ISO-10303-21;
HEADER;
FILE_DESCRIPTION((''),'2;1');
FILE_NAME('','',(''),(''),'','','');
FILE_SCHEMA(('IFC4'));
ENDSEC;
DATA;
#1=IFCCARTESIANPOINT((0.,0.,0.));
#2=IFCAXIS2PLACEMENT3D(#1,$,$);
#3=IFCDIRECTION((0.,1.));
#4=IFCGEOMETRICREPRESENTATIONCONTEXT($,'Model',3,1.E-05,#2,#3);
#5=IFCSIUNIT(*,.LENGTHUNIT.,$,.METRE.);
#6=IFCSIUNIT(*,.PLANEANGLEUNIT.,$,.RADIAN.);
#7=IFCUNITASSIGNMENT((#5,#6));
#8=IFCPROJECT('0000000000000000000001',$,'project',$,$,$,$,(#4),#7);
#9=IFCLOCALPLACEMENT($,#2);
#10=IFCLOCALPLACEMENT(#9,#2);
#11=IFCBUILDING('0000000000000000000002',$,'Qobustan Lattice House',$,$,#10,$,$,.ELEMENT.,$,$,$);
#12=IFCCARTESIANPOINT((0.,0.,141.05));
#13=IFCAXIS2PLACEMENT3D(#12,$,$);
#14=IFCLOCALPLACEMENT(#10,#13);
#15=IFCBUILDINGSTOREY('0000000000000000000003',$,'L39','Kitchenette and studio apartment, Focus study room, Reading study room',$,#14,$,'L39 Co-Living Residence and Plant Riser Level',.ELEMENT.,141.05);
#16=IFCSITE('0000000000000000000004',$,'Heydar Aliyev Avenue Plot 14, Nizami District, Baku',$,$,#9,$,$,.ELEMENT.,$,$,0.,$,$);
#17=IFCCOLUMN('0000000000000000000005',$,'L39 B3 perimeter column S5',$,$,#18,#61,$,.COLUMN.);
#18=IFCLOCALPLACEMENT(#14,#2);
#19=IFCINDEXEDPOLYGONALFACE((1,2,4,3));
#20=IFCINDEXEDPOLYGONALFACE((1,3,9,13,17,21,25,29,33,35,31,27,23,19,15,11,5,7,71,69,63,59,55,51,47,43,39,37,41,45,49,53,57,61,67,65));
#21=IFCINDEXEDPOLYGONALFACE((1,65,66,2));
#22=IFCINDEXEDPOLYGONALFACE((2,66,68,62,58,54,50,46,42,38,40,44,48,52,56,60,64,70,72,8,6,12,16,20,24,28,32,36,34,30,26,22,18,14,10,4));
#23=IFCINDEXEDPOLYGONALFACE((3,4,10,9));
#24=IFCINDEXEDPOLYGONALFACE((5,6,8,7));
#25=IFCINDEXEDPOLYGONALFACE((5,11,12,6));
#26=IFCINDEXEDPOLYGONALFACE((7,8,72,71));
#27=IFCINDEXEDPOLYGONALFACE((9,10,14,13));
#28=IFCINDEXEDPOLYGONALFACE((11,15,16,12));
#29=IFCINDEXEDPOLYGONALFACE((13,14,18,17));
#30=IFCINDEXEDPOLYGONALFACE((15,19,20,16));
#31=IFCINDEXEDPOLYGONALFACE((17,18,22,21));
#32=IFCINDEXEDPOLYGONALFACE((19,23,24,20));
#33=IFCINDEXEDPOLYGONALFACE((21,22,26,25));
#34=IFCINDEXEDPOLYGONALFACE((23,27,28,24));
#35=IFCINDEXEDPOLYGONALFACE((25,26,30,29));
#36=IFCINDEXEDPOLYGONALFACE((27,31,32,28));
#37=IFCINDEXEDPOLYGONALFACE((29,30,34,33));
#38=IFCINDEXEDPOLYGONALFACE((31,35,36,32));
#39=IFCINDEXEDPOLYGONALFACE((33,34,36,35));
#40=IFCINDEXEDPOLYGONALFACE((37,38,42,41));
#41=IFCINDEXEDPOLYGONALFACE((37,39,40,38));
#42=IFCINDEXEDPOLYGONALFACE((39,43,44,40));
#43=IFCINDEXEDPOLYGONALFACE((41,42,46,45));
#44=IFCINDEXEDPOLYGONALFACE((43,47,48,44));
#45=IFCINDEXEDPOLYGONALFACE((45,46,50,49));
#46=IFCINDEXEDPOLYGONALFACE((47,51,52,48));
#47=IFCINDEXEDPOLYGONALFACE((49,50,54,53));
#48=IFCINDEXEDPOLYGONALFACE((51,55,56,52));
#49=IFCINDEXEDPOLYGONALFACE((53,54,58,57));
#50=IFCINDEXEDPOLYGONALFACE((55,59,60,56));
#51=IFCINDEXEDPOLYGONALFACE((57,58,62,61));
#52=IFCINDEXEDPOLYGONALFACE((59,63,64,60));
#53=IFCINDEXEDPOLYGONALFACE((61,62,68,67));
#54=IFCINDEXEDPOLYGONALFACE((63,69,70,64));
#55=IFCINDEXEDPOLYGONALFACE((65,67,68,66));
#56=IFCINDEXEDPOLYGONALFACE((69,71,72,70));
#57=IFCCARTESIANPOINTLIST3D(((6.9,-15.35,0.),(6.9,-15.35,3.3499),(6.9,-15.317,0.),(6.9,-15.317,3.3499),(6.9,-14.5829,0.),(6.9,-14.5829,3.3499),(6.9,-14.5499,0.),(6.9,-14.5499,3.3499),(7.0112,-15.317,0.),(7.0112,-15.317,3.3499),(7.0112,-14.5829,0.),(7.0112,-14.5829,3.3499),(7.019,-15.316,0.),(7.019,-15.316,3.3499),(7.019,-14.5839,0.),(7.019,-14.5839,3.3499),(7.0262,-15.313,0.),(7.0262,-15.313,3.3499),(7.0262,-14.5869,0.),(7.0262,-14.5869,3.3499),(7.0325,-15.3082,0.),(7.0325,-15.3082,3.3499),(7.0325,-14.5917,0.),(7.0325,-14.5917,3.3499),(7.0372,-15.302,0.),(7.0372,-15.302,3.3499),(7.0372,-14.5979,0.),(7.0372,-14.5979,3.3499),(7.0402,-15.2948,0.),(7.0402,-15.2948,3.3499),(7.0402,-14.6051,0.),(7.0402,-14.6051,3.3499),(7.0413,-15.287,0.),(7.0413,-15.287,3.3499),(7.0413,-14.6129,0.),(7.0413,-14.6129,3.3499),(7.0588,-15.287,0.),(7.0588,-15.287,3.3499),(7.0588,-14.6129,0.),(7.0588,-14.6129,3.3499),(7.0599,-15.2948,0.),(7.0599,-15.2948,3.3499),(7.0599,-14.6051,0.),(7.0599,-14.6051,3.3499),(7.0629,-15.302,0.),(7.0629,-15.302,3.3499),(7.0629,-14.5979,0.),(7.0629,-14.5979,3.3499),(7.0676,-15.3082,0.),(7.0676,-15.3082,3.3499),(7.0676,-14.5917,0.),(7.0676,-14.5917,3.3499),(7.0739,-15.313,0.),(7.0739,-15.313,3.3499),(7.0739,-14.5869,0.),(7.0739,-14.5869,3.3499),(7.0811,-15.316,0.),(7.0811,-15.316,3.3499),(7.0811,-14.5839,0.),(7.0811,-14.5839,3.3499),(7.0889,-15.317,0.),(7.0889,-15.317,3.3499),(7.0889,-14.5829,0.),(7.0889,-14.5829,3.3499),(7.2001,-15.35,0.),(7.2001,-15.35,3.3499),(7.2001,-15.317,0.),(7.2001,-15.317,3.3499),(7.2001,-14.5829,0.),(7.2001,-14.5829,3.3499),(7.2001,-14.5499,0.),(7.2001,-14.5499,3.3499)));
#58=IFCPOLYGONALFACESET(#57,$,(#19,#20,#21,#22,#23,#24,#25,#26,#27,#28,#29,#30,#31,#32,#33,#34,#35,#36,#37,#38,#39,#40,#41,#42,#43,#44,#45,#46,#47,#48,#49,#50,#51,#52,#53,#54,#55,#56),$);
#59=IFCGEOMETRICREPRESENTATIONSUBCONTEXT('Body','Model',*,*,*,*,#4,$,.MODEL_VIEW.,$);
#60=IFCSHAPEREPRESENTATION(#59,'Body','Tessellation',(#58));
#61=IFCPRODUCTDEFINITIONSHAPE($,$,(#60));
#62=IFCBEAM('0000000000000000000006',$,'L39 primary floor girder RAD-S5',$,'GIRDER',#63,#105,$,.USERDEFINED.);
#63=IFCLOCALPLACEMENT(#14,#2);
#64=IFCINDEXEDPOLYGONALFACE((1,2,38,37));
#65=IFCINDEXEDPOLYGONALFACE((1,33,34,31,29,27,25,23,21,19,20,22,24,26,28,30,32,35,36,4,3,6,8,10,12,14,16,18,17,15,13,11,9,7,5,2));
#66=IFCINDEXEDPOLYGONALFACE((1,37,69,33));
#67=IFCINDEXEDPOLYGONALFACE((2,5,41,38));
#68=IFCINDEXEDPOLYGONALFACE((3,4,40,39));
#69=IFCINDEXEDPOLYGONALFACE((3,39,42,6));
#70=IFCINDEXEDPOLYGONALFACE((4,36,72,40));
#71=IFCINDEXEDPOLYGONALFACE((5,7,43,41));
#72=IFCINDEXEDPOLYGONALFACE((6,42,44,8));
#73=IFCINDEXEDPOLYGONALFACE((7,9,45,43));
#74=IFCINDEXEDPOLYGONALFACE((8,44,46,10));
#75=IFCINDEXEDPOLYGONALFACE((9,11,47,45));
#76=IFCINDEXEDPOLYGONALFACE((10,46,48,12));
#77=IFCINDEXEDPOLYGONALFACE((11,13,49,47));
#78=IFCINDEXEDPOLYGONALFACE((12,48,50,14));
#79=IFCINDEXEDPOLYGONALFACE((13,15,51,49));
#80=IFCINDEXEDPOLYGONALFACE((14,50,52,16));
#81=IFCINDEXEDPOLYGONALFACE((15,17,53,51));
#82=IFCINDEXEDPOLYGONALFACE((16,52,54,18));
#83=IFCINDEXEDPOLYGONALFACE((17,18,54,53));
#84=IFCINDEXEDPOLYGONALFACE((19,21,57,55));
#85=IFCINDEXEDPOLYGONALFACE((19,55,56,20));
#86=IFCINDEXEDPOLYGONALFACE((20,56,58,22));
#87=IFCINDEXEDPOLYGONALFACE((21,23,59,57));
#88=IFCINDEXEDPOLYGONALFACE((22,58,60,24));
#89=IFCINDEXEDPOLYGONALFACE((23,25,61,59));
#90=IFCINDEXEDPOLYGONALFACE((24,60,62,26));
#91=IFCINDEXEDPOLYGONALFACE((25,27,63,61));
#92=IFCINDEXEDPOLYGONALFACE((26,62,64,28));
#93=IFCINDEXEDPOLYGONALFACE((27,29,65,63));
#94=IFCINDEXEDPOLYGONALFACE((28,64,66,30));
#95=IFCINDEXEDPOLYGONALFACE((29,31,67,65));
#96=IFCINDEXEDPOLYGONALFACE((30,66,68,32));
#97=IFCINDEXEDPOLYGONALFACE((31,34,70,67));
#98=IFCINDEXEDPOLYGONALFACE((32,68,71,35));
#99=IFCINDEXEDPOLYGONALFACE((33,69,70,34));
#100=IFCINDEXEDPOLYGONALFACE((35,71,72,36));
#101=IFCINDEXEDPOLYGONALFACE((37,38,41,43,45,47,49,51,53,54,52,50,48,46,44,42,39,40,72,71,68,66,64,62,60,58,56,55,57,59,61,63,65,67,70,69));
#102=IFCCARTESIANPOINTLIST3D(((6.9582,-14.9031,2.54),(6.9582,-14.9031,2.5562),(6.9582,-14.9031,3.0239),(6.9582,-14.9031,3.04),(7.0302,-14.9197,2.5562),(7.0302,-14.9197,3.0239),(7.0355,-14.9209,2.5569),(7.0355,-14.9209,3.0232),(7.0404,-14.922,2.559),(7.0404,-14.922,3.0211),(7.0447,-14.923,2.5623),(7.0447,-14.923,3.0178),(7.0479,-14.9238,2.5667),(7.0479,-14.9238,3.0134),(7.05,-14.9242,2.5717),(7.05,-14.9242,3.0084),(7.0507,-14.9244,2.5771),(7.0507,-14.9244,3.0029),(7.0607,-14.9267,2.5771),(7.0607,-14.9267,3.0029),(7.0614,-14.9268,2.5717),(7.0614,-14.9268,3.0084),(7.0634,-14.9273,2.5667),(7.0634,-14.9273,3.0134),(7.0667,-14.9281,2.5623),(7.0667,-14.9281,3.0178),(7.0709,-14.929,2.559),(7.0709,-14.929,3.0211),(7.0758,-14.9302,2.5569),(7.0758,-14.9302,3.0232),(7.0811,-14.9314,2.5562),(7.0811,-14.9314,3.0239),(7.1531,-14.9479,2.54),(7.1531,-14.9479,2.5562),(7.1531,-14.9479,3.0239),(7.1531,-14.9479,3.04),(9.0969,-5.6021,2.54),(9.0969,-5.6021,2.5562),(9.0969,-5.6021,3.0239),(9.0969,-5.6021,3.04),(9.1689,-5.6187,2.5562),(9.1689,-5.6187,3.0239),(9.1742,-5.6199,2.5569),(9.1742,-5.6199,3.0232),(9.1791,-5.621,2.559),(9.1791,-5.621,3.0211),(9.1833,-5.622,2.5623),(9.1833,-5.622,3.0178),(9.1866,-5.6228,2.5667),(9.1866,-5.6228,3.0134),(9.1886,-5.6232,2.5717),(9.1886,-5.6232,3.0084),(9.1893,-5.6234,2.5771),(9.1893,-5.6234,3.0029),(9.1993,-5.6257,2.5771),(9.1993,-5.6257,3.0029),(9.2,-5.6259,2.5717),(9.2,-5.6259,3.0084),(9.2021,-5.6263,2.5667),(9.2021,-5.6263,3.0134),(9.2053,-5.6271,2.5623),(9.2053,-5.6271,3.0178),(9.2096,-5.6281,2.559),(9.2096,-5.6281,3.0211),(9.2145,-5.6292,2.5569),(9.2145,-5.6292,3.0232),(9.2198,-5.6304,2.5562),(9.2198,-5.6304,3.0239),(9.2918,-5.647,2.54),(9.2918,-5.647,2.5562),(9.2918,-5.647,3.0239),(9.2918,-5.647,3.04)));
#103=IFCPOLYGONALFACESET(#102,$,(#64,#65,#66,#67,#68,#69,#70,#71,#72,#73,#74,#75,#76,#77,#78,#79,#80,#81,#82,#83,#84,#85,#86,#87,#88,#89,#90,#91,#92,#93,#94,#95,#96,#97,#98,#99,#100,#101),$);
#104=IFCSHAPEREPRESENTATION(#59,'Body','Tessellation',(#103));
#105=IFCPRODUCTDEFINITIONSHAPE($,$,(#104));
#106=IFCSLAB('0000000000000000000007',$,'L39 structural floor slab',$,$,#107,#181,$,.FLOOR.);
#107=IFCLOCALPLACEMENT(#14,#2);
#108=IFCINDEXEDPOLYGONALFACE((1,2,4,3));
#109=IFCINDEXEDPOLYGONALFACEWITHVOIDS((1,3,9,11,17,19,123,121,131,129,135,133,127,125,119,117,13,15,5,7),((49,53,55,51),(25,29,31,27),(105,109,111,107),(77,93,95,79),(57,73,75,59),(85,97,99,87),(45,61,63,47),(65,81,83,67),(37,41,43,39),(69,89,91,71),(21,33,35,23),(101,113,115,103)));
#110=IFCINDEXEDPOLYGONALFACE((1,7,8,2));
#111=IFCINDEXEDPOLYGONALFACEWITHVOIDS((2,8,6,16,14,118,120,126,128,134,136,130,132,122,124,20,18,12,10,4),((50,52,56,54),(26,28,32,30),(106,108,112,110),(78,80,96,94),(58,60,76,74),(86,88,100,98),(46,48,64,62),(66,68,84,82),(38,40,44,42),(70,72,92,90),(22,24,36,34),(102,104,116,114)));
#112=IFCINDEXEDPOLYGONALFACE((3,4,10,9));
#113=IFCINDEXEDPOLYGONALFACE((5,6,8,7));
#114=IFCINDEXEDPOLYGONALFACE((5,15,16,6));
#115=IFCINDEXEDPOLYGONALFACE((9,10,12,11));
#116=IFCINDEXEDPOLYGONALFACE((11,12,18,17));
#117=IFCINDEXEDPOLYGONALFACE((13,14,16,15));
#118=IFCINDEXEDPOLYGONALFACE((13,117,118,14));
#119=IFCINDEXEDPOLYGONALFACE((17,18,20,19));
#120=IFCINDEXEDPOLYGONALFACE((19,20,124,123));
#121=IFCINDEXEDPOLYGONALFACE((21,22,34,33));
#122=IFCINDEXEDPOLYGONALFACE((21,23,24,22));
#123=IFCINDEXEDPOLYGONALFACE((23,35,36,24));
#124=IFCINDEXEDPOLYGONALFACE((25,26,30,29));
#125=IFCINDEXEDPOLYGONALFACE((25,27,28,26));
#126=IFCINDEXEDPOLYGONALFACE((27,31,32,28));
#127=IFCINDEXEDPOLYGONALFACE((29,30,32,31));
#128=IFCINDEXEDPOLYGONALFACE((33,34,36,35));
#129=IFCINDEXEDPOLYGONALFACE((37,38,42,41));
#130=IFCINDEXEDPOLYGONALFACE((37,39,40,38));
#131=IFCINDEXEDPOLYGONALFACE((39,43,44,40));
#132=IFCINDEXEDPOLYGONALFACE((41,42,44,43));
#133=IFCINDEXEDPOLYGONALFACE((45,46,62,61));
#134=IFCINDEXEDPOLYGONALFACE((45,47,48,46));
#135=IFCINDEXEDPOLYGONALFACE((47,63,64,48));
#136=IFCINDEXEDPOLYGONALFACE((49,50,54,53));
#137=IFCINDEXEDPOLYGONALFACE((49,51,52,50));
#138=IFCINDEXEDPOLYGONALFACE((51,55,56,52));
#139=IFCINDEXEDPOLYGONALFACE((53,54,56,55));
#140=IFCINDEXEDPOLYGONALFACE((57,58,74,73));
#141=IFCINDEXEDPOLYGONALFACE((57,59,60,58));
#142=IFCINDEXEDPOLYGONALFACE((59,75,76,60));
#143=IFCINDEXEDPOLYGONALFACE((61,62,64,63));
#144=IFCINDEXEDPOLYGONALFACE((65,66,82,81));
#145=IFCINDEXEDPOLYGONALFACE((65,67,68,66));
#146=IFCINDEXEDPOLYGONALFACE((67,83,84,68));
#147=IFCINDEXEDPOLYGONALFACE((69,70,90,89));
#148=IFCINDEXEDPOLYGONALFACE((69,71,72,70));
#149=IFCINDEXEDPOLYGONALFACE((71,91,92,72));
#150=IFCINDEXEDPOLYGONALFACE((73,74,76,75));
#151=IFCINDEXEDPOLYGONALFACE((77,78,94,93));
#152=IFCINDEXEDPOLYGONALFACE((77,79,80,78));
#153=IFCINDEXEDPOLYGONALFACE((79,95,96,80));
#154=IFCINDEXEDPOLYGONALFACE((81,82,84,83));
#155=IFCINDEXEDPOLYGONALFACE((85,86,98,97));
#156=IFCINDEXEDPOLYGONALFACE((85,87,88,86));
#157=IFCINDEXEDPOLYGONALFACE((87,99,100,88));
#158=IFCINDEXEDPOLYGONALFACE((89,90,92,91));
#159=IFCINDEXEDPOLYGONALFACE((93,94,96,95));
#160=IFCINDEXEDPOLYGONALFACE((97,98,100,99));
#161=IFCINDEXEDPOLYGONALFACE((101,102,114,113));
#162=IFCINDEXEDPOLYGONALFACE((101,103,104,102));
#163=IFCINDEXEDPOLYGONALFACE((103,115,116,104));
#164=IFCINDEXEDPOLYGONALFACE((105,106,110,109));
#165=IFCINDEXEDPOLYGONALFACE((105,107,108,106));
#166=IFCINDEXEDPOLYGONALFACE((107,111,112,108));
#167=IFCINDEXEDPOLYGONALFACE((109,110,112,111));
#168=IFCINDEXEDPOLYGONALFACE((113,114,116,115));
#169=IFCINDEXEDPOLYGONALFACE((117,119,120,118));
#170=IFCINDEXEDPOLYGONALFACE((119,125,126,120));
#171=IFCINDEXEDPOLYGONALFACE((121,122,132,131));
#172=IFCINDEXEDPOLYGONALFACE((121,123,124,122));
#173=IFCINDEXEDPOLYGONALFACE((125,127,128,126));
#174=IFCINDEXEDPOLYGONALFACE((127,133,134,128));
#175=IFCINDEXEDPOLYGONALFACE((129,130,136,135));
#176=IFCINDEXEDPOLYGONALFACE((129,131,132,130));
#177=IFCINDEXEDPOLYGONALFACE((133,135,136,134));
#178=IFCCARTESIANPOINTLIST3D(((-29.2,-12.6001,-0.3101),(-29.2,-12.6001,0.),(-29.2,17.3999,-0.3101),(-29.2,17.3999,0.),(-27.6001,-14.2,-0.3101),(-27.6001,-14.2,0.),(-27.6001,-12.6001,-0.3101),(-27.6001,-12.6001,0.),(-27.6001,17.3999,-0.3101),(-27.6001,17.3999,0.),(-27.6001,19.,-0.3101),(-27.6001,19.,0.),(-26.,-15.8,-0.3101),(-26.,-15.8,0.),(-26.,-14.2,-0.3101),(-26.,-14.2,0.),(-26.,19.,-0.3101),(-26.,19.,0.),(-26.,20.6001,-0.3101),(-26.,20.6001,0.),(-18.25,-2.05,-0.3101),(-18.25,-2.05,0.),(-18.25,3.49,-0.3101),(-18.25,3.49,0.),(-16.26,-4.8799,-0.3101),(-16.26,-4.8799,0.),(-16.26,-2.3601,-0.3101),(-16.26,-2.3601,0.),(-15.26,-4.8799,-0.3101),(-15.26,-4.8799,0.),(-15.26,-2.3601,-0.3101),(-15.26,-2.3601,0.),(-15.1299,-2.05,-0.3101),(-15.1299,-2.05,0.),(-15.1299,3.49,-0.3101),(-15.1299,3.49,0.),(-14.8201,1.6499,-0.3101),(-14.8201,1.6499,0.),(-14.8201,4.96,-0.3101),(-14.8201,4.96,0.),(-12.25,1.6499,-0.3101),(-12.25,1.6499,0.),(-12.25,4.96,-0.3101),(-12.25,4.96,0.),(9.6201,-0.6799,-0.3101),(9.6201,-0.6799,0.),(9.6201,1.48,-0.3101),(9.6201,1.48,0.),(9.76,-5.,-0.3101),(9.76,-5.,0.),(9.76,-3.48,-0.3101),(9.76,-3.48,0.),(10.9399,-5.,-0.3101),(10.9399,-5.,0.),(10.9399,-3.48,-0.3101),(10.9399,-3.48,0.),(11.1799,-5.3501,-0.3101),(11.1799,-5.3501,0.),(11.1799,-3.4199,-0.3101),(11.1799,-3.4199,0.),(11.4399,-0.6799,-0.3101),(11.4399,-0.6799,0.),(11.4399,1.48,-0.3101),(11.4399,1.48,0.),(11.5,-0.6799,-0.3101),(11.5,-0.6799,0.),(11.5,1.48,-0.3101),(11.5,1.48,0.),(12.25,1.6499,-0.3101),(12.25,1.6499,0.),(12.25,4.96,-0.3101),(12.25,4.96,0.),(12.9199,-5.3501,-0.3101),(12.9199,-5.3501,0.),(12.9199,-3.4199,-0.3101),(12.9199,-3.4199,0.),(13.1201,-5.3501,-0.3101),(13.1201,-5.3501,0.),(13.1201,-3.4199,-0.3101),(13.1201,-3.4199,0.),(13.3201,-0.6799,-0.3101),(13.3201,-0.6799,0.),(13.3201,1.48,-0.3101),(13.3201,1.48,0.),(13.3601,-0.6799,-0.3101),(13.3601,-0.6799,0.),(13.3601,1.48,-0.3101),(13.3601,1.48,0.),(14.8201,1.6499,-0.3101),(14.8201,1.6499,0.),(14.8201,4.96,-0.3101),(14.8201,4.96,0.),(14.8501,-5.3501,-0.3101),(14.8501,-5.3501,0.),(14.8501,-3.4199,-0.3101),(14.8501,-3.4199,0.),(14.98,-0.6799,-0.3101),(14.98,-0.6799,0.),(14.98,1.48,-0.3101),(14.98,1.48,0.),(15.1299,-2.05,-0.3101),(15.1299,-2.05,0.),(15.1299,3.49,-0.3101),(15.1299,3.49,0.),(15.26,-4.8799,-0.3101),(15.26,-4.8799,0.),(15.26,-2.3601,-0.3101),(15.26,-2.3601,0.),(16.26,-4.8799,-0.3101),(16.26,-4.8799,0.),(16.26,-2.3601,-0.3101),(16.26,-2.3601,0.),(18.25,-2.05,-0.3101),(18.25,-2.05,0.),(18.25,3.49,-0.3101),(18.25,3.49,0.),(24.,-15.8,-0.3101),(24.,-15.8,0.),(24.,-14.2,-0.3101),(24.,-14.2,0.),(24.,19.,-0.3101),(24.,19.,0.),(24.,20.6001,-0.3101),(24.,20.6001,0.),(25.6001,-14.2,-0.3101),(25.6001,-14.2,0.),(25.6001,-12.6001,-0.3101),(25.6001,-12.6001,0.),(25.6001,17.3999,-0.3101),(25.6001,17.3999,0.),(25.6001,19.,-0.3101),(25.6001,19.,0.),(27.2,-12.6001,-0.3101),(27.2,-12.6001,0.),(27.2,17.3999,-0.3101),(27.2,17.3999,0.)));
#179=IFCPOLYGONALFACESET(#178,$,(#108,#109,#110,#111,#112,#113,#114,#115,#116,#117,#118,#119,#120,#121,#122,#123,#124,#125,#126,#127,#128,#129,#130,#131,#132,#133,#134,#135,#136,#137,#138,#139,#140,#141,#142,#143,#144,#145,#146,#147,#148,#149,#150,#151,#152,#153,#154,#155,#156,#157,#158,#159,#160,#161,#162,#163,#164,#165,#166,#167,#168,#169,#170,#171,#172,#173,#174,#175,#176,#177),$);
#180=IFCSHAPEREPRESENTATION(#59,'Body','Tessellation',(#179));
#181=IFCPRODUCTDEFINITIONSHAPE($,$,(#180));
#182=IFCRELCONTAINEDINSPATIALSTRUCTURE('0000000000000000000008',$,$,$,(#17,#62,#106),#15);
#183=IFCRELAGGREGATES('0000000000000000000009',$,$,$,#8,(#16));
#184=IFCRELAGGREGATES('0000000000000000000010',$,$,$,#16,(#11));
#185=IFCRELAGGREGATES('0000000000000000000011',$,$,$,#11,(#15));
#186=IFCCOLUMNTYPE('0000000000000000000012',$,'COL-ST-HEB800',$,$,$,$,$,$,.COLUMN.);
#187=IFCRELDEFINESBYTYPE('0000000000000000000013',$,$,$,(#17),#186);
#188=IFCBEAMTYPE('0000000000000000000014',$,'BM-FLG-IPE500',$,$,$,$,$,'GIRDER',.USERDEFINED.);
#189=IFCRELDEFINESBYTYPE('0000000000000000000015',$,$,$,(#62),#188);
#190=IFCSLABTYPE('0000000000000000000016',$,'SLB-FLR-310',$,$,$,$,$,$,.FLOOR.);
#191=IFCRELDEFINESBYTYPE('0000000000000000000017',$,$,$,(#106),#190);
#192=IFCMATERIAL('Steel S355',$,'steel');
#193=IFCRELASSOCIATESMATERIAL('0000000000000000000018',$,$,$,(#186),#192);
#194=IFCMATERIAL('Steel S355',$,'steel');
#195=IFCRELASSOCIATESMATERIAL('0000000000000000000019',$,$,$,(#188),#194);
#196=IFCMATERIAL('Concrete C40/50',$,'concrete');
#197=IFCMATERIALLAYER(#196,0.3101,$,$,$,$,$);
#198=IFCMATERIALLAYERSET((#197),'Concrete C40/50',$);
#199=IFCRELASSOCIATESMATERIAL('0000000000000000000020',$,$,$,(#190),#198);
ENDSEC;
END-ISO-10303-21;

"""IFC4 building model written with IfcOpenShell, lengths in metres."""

from ifc_helpers import new_model, si_unit, direction, frame, origin, origin_2d, place, context, subcontext, project, spatial, polyline, i_section, outline, extrude, material, layer, layer_set, material_profile, profile_set, type_object, element, save


model = new_model("IFC4")

# Units and contexts
model_context = context("Model", 3, precision=1e-05, world=origin(), true_north=direction((0.0, 1.0)))
body_context = subcontext(model_context, "Body", "Model", "MODEL_VIEW")
ifc_project = project(units=[si_unit("LENGTHUNIT", "METRE"), si_unit("PLANEANGLEUNIT", "RADIAN")], contexts=[model_context])

# Site, building, storey
site_placement = place(None, origin())
site = spatial("IfcSite", under=ifc_project, at=site_placement, Name="Heydar Aliyev Avenue Plot 14, Nizami District, Baku", CompositionType="ELEMENT", RefElevation=0.0)
building_placement = place(site_placement, origin())
building = spatial("IfcBuilding", under=site, at=building_placement, Name="Qobustan Lattice House", CompositionType="ELEMENT")
storey_placement = place(building_placement, frame((0.0, 0.0, 141.05)))
storey = spatial("IfcBuildingStorey", under=building, at=storey_placement, Name="L39", Description="Kitchenette and studio apartment, Focus study room, Reading study room", LongName="L39 Co-Living Residence and Plant Riser Level", CompositionType="ELEMENT", Elevation=141.05)

# Column
ifc_material_1 = material(Name="Steel S355", Category="steel")
ifc_material_profile_1 = material_profile(ifc_material_1, i_section(OverallWidth=0.3, OverallDepth=0.8, WebThickness=0.0176, FlangeThickness=0.033, FilletRadius=0.03, at=origin_2d()), Name="HEB800")
ifc_profile_set_1 = profile_set([ifc_material_profile_1], Name="Steel S355")
column_type = type_object("IfcColumnType", Name="COL-ST-HEB800", PredefinedType="COLUMN", material=ifc_profile_set_1)
column_placement = place(storey_placement, frame((7.05, -14.95, 0.0), z_axis=(0.0, 0.0, 1.0), x_axis=(1.0, 0.0, 0.0)))
element("IfcColumn", 1, at=column_placement, inside=storey, type_object=column_type, Name="L39 B3 perimeter column S5", PredefinedType="COLUMN", context=body_context, shape_type="SweptSolid", body=[
    extrude(i_section(OverallWidth=0.3, OverallDepth=0.8, WebThickness=0.0176, FlangeThickness=0.033, FilletRadius=0.03, at=origin_2d()), origin(), (0.0, 0.0, 1.0), 3.3499),
])

# Beam
ifc_material_2 = material(Name="Steel S355", Category="steel")
ifc_material_profile_2 = material_profile(ifc_material_2, i_section(OverallWidth=0.2, OverallDepth=0.5, WebThickness=0.0103, FlangeThickness=0.0161, FilletRadius=0.021, at=origin_2d()), Name="IPE500")
ifc_profile_set_2 = profile_set([ifc_material_profile_2], Name="Steel S355")
beam_type = type_object("IfcBeamType", Name="BM-FLG-IPE500", ElementType="GIRDER", PredefinedType="USERDEFINED", material=ifc_profile_set_2)
beam_placement = place(storey_placement, frame((7.0557, -14.9255, 2.79), z_axis=(0.224092, 0.974568, 0.0), x_axis=(-0.974568, 0.224092, 0.0)))
element("IfcBeam", 2, at=beam_placement, inside=storey, type_object=beam_type, Name="L39 primary floor girder RAD-S5", ObjectType="GIRDER", PredefinedType="USERDEFINED", context=body_context, shape_type="SweptSolid", body=[
    extrude(i_section(OverallWidth=0.2, OverallDepth=0.5, WebThickness=0.0103, FlangeThickness=0.0161, FilletRadius=0.021, at=origin_2d()), origin(), (0.0, 0.0, 1.0), 9.5437),
])

# Slab
ifc_material_3 = material(Name="Concrete C40/50", Category="concrete")
ifc_layer_1 = layer(ifc_material_3, 0.3101)
ifc_layer_set_1 = layer_set([ifc_layer_1], Name="Concrete C40/50")
slab_type_1 = type_object("IfcSlabType", Name="SLB-FLR-310", PredefinedType="FLOOR", material=ifc_layer_set_1)
slab_1_placement = place(storey_placement, frame((0.0, 0.0, -0.3101)))
element("IfcSlab", 3, at=slab_1_placement, inside=storey, type_object=slab_type_1, Name="L39 structural floor slab", PredefinedType="FLOOR", context=body_context, shape_type="SweptSolid", body=[
    extrude(outline(polyline([(-26.0, -15.8), (24.0, -15.8), (24.0, -14.2), (25.6001, -14.2), (25.6001, -12.6001), (27.2, -12.6001), (27.2, 17.3999), (25.6001, 17.3999), (25.6001, 19.0), (24.0, 19.0), (24.0, 20.6001), (-26.0, 20.6001), (-26.0, 19.0), (-27.6001, 19.0), (-27.6001, 17.3999), (-29.2, 17.3999), (-29.2, -12.6001), (-27.6001, -12.6001), (-27.6001, -14.2), (-26.0, -14.2), (-26.0, -15.8)]), holes=[polyline([(-18.25, -2.05), (-18.25, 3.49), (-15.1299, 3.49), (-15.1299, -2.05), (-18.25, -2.05)]), polyline([(15.1299, -2.05), (15.1299, 3.49), (18.25, 3.49), (18.25, -2.05), (15.1299, -2.05)]), polyline([(-14.8201, 1.6499), (-14.8201, 4.96), (-12.25, 4.96), (-12.25, 1.6499), (-14.8201, 1.6499)]), polyline([(12.25, 1.6499), (12.25, 4.96), (14.8201, 4.96), (14.8201, 1.6499), (12.25, 1.6499)]), polyline([(-16.26, -4.8799), (-16.26, -2.3601), (-15.26, -2.3601), (-15.26, -4.8799), (-16.26, -4.8799)]), polyline([(15.26, -4.8799), (15.26, -2.3601), (16.26, -2.3601), (16.26, -4.8799), (15.26, -4.8799)]), polyline([(11.1799, -5.3501), (11.1799, -3.4199), (12.9199, -3.4199), (12.9199, -5.3501), (11.1799, -5.3501)]), polyline([(13.1201, -5.3501), (13.1201, -3.4199), (14.8501, -3.4199), (14.8501, -5.3501), (13.1201, -5.3501)]), polyline([(9.76, -5.0), (9.76, -3.48), (10.9399, -3.48), (10.9399, -5.0), (9.76, -5.0)]), polyline([(13.3601, -0.6799), (13.3601, 1.48), (14.98, 1.48), (14.98, -0.6799), (13.3601, -0.6799)]), polyline([(9.6201, -0.6799), (9.6201, 1.48), (11.4399, 1.48), (11.4399, -0.6799), (9.6201, -0.6799)]), polyline([(11.5, -0.6799), (11.5, 1.48), (13.3201, 1.48), (13.3201, -0.6799), (11.5, -0.6799)])]), origin(), (0.0, 0.0, 1.0), 0.3101),
])

save(model, "model.ifc")
